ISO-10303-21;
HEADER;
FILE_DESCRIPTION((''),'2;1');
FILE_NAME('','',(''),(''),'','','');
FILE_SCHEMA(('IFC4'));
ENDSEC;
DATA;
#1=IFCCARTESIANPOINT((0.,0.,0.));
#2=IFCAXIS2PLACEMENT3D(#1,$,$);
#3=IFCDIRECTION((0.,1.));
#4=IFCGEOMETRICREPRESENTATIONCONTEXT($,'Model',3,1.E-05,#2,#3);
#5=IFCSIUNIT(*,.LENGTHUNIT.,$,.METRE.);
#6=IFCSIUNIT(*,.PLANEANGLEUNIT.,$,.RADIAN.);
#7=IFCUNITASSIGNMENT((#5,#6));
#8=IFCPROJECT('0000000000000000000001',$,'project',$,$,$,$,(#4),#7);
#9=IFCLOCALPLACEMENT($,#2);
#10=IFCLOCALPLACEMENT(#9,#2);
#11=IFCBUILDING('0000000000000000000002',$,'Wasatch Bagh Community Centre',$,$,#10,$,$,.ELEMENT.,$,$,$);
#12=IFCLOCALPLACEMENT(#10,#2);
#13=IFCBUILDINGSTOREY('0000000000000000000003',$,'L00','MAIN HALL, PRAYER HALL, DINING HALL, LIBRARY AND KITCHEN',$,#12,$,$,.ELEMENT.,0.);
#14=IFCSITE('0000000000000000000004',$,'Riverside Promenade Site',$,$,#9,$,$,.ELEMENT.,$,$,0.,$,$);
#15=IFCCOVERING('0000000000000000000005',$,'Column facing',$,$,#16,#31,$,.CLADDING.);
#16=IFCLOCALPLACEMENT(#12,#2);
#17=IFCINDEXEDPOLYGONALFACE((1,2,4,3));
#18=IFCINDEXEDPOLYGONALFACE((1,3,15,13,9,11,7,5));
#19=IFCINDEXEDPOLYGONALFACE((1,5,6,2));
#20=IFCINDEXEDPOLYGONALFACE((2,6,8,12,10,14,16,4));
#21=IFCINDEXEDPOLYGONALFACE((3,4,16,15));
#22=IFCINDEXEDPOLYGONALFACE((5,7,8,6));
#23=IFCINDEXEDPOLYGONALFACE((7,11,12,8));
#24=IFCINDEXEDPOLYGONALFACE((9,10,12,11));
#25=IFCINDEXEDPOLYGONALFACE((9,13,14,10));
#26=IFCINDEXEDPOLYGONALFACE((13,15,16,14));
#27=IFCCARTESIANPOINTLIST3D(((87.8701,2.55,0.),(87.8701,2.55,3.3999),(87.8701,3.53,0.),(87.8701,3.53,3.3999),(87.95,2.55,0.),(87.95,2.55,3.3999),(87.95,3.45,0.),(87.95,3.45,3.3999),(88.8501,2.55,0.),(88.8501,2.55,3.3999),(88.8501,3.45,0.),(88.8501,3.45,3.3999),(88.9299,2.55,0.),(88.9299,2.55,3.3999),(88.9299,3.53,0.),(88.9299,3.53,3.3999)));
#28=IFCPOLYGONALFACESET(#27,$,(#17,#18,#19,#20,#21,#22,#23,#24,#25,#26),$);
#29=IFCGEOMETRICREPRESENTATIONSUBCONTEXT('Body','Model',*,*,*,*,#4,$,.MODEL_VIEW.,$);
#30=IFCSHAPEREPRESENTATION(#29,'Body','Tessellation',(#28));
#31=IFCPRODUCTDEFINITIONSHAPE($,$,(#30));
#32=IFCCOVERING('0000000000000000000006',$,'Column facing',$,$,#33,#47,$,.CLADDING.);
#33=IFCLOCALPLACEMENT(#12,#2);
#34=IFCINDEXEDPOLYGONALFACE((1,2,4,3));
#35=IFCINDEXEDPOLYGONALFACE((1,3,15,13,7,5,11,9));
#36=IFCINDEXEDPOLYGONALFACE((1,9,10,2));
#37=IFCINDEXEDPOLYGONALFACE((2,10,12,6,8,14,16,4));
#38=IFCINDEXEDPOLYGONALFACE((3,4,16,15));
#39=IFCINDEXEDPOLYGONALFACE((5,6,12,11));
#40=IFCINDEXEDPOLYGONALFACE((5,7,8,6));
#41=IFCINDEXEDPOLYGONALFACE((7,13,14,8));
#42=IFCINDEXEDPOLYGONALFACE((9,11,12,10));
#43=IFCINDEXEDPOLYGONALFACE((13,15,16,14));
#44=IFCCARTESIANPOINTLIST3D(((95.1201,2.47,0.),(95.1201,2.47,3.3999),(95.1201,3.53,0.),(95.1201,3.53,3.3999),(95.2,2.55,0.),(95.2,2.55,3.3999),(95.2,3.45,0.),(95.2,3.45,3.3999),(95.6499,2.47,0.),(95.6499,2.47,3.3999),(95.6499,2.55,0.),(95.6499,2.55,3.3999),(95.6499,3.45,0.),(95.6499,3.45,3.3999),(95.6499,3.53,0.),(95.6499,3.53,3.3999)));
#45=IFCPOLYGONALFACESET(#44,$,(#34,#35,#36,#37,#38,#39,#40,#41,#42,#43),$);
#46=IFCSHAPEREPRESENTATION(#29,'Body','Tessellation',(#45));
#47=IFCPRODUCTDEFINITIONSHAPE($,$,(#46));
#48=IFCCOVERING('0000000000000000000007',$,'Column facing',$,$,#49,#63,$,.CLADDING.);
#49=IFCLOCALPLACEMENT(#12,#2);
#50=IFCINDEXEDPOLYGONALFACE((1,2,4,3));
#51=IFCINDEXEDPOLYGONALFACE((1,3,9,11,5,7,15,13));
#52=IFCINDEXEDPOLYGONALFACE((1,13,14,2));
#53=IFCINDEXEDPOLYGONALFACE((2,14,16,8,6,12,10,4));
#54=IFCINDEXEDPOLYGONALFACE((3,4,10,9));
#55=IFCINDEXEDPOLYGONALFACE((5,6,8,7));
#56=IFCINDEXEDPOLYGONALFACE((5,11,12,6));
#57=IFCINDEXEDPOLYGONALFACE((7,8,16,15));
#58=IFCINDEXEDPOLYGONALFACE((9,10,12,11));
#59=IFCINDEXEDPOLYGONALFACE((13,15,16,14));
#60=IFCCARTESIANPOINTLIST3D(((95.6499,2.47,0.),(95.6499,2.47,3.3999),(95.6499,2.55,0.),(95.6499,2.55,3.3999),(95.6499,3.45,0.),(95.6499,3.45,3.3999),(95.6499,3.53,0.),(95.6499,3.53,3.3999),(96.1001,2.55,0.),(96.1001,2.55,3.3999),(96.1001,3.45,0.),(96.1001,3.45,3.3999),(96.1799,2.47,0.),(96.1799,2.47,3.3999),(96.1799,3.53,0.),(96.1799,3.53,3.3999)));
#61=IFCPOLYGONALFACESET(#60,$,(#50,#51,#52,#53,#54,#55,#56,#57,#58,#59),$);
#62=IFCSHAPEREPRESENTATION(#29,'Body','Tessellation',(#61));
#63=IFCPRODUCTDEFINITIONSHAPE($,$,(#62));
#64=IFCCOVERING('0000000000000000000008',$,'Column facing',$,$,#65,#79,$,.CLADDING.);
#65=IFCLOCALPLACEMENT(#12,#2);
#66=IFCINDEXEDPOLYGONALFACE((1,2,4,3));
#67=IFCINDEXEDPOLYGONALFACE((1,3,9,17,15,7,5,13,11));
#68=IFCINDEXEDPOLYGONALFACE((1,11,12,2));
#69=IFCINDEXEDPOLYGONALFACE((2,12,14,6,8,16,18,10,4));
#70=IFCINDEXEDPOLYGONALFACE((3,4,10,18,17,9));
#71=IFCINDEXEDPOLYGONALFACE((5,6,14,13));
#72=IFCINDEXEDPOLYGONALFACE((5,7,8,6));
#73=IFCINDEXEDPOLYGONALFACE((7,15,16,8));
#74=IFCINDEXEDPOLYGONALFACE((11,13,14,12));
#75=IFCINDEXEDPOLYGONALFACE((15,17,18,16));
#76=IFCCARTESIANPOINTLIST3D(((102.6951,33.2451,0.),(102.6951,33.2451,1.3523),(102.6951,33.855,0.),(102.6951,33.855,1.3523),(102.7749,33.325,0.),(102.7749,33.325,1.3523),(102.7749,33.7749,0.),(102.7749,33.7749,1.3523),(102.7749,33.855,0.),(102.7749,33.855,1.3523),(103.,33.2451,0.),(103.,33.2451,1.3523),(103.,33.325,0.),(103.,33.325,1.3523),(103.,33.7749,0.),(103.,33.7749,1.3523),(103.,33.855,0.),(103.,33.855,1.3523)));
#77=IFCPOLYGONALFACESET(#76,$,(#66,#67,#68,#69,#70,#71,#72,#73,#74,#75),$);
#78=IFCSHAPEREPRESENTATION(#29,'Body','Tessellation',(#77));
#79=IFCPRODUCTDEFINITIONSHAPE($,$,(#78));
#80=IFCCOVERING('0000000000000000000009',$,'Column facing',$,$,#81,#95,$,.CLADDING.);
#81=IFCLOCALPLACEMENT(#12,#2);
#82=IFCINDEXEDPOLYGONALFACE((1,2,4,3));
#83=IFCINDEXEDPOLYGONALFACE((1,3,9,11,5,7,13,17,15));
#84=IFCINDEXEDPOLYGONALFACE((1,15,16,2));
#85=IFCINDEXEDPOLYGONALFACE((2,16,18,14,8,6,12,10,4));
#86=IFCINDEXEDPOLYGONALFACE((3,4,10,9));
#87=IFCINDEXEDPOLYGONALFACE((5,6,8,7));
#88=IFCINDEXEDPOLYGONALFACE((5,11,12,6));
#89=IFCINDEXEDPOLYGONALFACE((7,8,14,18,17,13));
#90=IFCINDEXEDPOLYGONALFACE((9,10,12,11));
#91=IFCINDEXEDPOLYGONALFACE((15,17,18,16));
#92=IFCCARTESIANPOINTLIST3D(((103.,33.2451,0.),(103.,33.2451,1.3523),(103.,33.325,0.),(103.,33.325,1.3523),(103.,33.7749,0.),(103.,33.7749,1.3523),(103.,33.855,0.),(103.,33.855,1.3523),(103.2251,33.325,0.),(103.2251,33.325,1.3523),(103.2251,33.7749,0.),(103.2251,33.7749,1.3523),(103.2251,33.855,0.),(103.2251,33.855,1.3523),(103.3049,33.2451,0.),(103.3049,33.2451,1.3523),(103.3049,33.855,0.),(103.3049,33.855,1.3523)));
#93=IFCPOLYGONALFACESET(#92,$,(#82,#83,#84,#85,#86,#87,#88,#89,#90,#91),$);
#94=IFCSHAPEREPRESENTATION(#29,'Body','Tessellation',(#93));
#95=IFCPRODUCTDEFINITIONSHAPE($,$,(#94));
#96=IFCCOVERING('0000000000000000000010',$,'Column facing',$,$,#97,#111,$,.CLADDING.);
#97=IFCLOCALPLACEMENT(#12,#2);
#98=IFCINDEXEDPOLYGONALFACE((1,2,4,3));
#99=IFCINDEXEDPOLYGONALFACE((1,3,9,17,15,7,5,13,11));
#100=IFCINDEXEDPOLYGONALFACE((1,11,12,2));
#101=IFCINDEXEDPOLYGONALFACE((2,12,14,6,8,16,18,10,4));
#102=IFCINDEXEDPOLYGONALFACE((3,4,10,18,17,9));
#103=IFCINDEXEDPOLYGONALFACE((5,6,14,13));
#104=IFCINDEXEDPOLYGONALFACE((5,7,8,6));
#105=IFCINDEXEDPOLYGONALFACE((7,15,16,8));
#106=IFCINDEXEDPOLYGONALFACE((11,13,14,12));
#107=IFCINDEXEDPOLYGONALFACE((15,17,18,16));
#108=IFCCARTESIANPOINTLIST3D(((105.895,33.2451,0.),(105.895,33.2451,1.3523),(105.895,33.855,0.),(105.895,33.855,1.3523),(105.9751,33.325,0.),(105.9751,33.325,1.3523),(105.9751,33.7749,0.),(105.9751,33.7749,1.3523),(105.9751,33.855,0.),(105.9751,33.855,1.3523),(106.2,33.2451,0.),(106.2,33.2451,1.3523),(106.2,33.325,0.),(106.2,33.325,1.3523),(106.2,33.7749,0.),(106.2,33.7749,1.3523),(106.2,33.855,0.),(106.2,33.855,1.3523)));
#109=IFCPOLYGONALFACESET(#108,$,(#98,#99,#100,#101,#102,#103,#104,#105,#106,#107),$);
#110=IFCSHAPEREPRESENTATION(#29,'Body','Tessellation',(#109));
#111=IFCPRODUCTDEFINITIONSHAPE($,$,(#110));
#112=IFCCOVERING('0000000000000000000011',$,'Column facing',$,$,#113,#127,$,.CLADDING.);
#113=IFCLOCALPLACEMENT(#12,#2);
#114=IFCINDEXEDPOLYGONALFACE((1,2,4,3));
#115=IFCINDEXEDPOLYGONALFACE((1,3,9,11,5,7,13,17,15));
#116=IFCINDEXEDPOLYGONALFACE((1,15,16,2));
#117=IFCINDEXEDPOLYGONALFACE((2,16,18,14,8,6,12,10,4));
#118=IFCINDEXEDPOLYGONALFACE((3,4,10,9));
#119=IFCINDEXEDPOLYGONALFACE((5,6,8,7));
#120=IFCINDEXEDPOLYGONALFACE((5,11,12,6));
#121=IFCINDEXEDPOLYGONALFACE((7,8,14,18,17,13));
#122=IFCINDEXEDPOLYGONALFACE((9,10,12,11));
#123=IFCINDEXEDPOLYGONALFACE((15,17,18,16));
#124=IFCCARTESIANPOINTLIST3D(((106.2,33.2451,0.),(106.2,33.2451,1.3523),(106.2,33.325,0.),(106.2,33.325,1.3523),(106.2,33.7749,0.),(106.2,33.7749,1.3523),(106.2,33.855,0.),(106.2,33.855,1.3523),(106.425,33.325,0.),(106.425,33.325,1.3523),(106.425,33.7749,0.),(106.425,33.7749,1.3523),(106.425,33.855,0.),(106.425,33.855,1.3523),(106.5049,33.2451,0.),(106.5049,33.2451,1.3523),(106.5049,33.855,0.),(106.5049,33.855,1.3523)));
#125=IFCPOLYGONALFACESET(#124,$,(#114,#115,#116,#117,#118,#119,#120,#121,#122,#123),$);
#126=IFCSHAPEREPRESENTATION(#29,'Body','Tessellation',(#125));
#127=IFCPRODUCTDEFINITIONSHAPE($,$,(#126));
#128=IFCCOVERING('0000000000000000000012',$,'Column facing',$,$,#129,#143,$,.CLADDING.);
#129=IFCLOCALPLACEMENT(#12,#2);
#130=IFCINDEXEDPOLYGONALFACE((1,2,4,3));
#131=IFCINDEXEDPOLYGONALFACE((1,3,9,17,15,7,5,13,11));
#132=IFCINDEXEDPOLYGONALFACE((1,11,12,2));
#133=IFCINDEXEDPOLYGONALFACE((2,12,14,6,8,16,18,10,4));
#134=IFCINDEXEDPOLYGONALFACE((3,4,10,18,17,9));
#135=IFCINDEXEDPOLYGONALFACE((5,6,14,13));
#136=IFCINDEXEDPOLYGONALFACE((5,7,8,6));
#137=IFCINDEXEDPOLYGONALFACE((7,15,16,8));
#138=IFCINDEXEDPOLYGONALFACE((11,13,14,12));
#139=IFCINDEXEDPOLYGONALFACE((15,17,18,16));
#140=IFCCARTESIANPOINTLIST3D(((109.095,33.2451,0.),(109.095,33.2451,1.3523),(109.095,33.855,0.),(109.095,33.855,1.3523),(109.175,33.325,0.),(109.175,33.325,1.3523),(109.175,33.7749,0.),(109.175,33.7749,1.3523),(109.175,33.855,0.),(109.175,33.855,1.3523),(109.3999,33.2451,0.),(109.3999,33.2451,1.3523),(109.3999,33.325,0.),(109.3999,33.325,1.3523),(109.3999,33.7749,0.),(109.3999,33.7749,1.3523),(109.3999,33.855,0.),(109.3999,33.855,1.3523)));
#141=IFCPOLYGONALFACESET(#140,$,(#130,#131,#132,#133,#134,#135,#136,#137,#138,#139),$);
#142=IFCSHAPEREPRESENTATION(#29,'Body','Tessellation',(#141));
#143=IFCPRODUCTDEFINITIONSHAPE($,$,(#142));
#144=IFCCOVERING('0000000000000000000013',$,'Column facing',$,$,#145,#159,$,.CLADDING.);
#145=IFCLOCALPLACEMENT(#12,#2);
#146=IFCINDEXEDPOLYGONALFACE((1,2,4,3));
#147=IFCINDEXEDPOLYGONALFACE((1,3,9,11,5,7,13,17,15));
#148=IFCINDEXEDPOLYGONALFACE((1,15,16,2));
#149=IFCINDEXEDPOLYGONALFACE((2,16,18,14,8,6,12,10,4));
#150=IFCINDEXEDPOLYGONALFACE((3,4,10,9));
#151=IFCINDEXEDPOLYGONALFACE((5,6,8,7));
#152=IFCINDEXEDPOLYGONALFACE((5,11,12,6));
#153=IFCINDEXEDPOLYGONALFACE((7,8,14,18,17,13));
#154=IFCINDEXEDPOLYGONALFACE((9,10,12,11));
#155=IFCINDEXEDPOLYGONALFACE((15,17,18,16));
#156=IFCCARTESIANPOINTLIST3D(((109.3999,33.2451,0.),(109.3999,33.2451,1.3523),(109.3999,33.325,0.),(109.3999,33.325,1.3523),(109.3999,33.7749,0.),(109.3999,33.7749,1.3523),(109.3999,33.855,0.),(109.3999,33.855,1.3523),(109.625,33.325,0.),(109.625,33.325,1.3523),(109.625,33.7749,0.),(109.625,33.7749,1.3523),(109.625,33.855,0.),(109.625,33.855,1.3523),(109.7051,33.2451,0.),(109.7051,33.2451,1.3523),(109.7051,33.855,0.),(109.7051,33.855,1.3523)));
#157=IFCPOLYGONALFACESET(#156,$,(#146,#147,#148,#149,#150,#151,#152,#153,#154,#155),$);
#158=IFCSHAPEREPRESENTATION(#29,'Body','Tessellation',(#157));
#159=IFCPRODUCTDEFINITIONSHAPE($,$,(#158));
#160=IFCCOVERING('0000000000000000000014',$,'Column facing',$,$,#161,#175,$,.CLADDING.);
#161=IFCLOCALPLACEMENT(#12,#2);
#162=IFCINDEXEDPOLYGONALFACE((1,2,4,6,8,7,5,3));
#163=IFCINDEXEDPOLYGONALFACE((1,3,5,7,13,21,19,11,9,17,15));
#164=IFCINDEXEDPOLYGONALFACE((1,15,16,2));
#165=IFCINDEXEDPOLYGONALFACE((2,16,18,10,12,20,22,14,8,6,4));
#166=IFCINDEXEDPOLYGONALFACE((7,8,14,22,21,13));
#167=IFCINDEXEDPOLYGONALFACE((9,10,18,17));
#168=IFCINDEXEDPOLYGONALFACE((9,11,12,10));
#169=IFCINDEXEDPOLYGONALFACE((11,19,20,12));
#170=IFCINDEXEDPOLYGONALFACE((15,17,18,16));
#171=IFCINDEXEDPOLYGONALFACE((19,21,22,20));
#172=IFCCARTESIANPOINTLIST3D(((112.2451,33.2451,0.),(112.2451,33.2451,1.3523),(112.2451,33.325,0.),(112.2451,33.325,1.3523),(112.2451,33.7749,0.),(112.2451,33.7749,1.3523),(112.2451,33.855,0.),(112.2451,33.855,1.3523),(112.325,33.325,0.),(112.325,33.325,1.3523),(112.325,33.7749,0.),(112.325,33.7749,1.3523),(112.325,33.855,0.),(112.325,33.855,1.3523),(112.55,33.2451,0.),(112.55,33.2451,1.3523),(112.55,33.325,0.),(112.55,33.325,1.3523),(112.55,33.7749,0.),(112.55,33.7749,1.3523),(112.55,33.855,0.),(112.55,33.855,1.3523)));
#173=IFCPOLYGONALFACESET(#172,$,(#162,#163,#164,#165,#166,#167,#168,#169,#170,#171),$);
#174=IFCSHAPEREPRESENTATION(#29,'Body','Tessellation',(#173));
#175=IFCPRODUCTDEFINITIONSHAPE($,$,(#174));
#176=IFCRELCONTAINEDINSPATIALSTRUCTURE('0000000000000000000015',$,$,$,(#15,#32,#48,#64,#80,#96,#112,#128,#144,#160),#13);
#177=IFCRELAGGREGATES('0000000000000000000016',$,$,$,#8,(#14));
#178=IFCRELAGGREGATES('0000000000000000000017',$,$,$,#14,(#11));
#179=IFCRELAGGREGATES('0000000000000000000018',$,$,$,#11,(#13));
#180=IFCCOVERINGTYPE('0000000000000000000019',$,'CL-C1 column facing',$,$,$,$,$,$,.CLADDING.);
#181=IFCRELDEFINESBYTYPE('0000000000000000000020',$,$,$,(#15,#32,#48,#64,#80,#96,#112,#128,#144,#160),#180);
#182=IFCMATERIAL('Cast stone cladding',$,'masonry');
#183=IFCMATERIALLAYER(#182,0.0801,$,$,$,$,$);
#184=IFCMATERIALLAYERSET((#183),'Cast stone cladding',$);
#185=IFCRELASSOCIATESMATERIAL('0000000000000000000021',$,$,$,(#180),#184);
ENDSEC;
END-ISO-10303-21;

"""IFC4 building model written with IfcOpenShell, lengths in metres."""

from ifc_helpers import new_model, si_unit, direction, origin, place, context, subcontext, project, spatial, polyline, outline, extrude, material, layer, layer_set, type_object, element, save


model = new_model("IFC4")

# Units and contexts
model_context = context("Model", 3, precision=1e-05, world=origin(), true_north=direction((0.0, 1.0)))
body_context = subcontext(model_context, "Body", "Model", "MODEL_VIEW")
ifc_project = project(units=[si_unit("LENGTHUNIT", "METRE"), si_unit("PLANEANGLEUNIT", "RADIAN")], contexts=[model_context])

# Site, building, storey
site_placement = place(None, origin())
site = spatial("IfcSite", under=ifc_project, at=site_placement, Name="Riverside Promenade Site", CompositionType="ELEMENT", RefElevation=0.0)
building_placement = place(site_placement, origin())
building = spatial("IfcBuilding", under=site, at=building_placement, Name="Wasatch Bagh Community Centre", CompositionType="ELEMENT")
storey_placement = place(building_placement, origin())
storey = spatial("IfcBuildingStorey", under=building, at=storey_placement, Name="L00", Description="MAIN HALL, PRAYER HALL, DINING HALL, LIBRARY AND KITCHEN", CompositionType="ELEMENT", Elevation=0.0)

# Coverings
ifc_material = material(Name="Cast stone cladding", Category="masonry")
ifc_layer = layer(ifc_material, 0.0801)
ifc_layer_set = layer_set([ifc_layer], Name="Cast stone cladding")
covering_type = type_object("IfcCoveringType", Name="CL-C1 column facing", PredefinedType="CLADDING", material=ifc_layer_set)
covering_1_placement = place(storey_placement, origin())
element("IfcCovering", 1, at=covering_1_placement, inside=storey, type_object=covering_type, Name="Column facing", PredefinedType="CLADDING", context=body_context, shape_type="SweptSolid", body=[
    extrude(outline(polyline([(87.8701, 2.55), (87.8701, 3.53), (88.9299, 3.53), (88.9299, 2.55), (88.8501, 2.55), (88.8501, 3.45), (87.95, 3.45), (87.95, 2.55), (87.8701, 2.55)])), origin(), (0.0, 0.0, 1.0), 3.3999),
])
covering_2_placement = place(storey_placement, origin())
element("IfcCovering", 2, at=covering_2_placement, inside=storey, type_object=covering_type, Name="Column facing", PredefinedType="CLADDING", context=body_context, shape_type="SweptSolid", body=[
    extrude(outline(polyline([(95.6499, 3.53), (95.6499, 3.45), (95.2, 3.45), (95.2, 2.55), (95.6499, 2.55), (95.6499, 2.47), (95.1201, 2.47), (95.1201, 3.53), (95.6499, 3.53)])), origin(), (0.0, 0.0, 1.0), 3.3999),
])
covering_3_placement = place(storey_placement, origin())
element("IfcCovering", 3, at=covering_3_placement, inside=storey, type_object=covering_type, Name="Column facing", PredefinedType="CLADDING", context=body_context, shape_type="SweptSolid", body=[
    extrude(outline(polyline([(96.1799, 3.53), (96.1799, 2.47), (95.6499, 2.47), (95.6499, 2.55), (96.1001, 2.55), (96.1001, 3.45), (95.6499, 3.45), (95.6499, 3.53), (96.1799, 3.53)])), origin(), (0.0, 0.0, 1.0), 3.3999),
])
covering_4_placement = place(storey_placement, origin())
element("IfcCovering", 4, at=covering_4_placement, inside=storey, type_object=covering_type, Name="Column facing", PredefinedType="CLADDING", context=body_context, shape_type="SweptSolid", body=[
    extrude(outline(polyline([(102.7749, 33.855), (103.0, 33.855), (103.0, 33.7749), (102.7749, 33.7749), (102.7749, 33.325), (103.0, 33.325), (103.0, 33.2451), (102.6951, 33.2451), (102.6951, 33.855), (102.7749, 33.855)])), origin(), (0.0, 0.0, 1.0), 1.3523),
])
covering_5_placement = place(storey_placement, origin())
element("IfcCovering", 5, at=covering_5_placement, inside=storey, type_object=covering_type, Name="Column facing", PredefinedType="CLADDING", context=body_context, shape_type="SweptSolid", body=[
    extrude(outline(polyline([(103.2251, 33.855), (103.3049, 33.855), (103.3049, 33.2451), (103.0, 33.2451), (103.0, 33.325), (103.2251, 33.325), (103.2251, 33.7749), (103.0, 33.7749), (103.0, 33.855), (103.2251, 33.855)])), origin(), (0.0, 0.0, 1.0), 1.3523),
])
covering_6_placement = place(storey_placement, origin())
element("IfcCovering", 6, at=covering_6_placement, inside=storey, type_object=covering_type, Name="Column facing", PredefinedType="CLADDING", context=body_context, shape_type="SweptSolid", body=[
    extrude(outline(polyline([(105.9751, 33.855), (106.2, 33.855), (106.2, 33.7749), (105.9751, 33.7749), (105.9751, 33.325), (106.2, 33.325), (106.2, 33.2451), (105.895, 33.2451), (105.895, 33.855), (105.9751, 33.855)])), origin(), (0.0, 0.0, 1.0), 1.3523),
])
covering_7_placement = place(storey_placement, origin())
element("IfcCovering", 7, at=covering_7_placement, inside=storey, type_object=covering_type, Name="Column facing", PredefinedType="CLADDING", context=body_context, shape_type="SweptSolid", body=[
    extrude(outline(polyline([(106.425, 33.855), (106.5049, 33.855), (106.5049, 33.2451), (106.2, 33.2451), (106.2, 33.325), (106.425, 33.325), (106.425, 33.7749), (106.2, 33.7749), (106.2, 33.855), (106.425, 33.855)])), origin(), (0.0, 0.0, 1.0), 1.3523),
])
covering_8_placement = place(storey_placement, origin())
element("IfcCovering", 8, at=covering_8_placement, inside=storey, type_object=covering_type, Name="Column facing", PredefinedType="CLADDING", context=body_context, shape_type="SweptSolid", body=[
    extrude(outline(polyline([(109.175, 33.855), (109.3999, 33.855), (109.3999, 33.7749), (109.175, 33.7749), (109.175, 33.325), (109.3999, 33.325), (109.3999, 33.2451), (109.095, 33.2451), (109.095, 33.855), (109.175, 33.855)])), origin(), (0.0, 0.0, 1.0), 1.3523),
])
covering_9_placement = place(storey_placement, origin())
element("IfcCovering", 9, at=covering_9_placement, inside=storey, type_object=covering_type, Name="Column facing", PredefinedType="CLADDING", context=body_context, shape_type="SweptSolid", body=[
    extrude(outline(polyline([(109.625, 33.855), (109.7051, 33.855), (109.7051, 33.2451), (109.3999, 33.2451), (109.3999, 33.325), (109.625, 33.325), (109.625, 33.7749), (109.3999, 33.7749), (109.3999, 33.855), (109.625, 33.855)])), origin(), (0.0, 0.0, 1.0), 1.3523),
])
covering_10_placement = place(storey_placement, origin())
element("IfcCovering", 10, at=covering_10_placement, inside=storey, type_object=covering_type, Name="Column facing", PredefinedType="CLADDING", context=body_context, shape_type="SweptSolid", body=[
    extrude(outline(polyline([(112.2451, 33.7749), (112.2451, 33.855), (112.325, 33.855), (112.55, 33.855), (112.55, 33.7749), (112.325, 33.7749), (112.325, 33.325), (112.55, 33.325), (112.55, 33.2451), (112.2451, 33.2451), (112.2451, 33.325), (112.2451, 33.7749)])), origin(), (0.0, 0.0, 1.0), 1.3523),
])

save(model, "model.ifc")
